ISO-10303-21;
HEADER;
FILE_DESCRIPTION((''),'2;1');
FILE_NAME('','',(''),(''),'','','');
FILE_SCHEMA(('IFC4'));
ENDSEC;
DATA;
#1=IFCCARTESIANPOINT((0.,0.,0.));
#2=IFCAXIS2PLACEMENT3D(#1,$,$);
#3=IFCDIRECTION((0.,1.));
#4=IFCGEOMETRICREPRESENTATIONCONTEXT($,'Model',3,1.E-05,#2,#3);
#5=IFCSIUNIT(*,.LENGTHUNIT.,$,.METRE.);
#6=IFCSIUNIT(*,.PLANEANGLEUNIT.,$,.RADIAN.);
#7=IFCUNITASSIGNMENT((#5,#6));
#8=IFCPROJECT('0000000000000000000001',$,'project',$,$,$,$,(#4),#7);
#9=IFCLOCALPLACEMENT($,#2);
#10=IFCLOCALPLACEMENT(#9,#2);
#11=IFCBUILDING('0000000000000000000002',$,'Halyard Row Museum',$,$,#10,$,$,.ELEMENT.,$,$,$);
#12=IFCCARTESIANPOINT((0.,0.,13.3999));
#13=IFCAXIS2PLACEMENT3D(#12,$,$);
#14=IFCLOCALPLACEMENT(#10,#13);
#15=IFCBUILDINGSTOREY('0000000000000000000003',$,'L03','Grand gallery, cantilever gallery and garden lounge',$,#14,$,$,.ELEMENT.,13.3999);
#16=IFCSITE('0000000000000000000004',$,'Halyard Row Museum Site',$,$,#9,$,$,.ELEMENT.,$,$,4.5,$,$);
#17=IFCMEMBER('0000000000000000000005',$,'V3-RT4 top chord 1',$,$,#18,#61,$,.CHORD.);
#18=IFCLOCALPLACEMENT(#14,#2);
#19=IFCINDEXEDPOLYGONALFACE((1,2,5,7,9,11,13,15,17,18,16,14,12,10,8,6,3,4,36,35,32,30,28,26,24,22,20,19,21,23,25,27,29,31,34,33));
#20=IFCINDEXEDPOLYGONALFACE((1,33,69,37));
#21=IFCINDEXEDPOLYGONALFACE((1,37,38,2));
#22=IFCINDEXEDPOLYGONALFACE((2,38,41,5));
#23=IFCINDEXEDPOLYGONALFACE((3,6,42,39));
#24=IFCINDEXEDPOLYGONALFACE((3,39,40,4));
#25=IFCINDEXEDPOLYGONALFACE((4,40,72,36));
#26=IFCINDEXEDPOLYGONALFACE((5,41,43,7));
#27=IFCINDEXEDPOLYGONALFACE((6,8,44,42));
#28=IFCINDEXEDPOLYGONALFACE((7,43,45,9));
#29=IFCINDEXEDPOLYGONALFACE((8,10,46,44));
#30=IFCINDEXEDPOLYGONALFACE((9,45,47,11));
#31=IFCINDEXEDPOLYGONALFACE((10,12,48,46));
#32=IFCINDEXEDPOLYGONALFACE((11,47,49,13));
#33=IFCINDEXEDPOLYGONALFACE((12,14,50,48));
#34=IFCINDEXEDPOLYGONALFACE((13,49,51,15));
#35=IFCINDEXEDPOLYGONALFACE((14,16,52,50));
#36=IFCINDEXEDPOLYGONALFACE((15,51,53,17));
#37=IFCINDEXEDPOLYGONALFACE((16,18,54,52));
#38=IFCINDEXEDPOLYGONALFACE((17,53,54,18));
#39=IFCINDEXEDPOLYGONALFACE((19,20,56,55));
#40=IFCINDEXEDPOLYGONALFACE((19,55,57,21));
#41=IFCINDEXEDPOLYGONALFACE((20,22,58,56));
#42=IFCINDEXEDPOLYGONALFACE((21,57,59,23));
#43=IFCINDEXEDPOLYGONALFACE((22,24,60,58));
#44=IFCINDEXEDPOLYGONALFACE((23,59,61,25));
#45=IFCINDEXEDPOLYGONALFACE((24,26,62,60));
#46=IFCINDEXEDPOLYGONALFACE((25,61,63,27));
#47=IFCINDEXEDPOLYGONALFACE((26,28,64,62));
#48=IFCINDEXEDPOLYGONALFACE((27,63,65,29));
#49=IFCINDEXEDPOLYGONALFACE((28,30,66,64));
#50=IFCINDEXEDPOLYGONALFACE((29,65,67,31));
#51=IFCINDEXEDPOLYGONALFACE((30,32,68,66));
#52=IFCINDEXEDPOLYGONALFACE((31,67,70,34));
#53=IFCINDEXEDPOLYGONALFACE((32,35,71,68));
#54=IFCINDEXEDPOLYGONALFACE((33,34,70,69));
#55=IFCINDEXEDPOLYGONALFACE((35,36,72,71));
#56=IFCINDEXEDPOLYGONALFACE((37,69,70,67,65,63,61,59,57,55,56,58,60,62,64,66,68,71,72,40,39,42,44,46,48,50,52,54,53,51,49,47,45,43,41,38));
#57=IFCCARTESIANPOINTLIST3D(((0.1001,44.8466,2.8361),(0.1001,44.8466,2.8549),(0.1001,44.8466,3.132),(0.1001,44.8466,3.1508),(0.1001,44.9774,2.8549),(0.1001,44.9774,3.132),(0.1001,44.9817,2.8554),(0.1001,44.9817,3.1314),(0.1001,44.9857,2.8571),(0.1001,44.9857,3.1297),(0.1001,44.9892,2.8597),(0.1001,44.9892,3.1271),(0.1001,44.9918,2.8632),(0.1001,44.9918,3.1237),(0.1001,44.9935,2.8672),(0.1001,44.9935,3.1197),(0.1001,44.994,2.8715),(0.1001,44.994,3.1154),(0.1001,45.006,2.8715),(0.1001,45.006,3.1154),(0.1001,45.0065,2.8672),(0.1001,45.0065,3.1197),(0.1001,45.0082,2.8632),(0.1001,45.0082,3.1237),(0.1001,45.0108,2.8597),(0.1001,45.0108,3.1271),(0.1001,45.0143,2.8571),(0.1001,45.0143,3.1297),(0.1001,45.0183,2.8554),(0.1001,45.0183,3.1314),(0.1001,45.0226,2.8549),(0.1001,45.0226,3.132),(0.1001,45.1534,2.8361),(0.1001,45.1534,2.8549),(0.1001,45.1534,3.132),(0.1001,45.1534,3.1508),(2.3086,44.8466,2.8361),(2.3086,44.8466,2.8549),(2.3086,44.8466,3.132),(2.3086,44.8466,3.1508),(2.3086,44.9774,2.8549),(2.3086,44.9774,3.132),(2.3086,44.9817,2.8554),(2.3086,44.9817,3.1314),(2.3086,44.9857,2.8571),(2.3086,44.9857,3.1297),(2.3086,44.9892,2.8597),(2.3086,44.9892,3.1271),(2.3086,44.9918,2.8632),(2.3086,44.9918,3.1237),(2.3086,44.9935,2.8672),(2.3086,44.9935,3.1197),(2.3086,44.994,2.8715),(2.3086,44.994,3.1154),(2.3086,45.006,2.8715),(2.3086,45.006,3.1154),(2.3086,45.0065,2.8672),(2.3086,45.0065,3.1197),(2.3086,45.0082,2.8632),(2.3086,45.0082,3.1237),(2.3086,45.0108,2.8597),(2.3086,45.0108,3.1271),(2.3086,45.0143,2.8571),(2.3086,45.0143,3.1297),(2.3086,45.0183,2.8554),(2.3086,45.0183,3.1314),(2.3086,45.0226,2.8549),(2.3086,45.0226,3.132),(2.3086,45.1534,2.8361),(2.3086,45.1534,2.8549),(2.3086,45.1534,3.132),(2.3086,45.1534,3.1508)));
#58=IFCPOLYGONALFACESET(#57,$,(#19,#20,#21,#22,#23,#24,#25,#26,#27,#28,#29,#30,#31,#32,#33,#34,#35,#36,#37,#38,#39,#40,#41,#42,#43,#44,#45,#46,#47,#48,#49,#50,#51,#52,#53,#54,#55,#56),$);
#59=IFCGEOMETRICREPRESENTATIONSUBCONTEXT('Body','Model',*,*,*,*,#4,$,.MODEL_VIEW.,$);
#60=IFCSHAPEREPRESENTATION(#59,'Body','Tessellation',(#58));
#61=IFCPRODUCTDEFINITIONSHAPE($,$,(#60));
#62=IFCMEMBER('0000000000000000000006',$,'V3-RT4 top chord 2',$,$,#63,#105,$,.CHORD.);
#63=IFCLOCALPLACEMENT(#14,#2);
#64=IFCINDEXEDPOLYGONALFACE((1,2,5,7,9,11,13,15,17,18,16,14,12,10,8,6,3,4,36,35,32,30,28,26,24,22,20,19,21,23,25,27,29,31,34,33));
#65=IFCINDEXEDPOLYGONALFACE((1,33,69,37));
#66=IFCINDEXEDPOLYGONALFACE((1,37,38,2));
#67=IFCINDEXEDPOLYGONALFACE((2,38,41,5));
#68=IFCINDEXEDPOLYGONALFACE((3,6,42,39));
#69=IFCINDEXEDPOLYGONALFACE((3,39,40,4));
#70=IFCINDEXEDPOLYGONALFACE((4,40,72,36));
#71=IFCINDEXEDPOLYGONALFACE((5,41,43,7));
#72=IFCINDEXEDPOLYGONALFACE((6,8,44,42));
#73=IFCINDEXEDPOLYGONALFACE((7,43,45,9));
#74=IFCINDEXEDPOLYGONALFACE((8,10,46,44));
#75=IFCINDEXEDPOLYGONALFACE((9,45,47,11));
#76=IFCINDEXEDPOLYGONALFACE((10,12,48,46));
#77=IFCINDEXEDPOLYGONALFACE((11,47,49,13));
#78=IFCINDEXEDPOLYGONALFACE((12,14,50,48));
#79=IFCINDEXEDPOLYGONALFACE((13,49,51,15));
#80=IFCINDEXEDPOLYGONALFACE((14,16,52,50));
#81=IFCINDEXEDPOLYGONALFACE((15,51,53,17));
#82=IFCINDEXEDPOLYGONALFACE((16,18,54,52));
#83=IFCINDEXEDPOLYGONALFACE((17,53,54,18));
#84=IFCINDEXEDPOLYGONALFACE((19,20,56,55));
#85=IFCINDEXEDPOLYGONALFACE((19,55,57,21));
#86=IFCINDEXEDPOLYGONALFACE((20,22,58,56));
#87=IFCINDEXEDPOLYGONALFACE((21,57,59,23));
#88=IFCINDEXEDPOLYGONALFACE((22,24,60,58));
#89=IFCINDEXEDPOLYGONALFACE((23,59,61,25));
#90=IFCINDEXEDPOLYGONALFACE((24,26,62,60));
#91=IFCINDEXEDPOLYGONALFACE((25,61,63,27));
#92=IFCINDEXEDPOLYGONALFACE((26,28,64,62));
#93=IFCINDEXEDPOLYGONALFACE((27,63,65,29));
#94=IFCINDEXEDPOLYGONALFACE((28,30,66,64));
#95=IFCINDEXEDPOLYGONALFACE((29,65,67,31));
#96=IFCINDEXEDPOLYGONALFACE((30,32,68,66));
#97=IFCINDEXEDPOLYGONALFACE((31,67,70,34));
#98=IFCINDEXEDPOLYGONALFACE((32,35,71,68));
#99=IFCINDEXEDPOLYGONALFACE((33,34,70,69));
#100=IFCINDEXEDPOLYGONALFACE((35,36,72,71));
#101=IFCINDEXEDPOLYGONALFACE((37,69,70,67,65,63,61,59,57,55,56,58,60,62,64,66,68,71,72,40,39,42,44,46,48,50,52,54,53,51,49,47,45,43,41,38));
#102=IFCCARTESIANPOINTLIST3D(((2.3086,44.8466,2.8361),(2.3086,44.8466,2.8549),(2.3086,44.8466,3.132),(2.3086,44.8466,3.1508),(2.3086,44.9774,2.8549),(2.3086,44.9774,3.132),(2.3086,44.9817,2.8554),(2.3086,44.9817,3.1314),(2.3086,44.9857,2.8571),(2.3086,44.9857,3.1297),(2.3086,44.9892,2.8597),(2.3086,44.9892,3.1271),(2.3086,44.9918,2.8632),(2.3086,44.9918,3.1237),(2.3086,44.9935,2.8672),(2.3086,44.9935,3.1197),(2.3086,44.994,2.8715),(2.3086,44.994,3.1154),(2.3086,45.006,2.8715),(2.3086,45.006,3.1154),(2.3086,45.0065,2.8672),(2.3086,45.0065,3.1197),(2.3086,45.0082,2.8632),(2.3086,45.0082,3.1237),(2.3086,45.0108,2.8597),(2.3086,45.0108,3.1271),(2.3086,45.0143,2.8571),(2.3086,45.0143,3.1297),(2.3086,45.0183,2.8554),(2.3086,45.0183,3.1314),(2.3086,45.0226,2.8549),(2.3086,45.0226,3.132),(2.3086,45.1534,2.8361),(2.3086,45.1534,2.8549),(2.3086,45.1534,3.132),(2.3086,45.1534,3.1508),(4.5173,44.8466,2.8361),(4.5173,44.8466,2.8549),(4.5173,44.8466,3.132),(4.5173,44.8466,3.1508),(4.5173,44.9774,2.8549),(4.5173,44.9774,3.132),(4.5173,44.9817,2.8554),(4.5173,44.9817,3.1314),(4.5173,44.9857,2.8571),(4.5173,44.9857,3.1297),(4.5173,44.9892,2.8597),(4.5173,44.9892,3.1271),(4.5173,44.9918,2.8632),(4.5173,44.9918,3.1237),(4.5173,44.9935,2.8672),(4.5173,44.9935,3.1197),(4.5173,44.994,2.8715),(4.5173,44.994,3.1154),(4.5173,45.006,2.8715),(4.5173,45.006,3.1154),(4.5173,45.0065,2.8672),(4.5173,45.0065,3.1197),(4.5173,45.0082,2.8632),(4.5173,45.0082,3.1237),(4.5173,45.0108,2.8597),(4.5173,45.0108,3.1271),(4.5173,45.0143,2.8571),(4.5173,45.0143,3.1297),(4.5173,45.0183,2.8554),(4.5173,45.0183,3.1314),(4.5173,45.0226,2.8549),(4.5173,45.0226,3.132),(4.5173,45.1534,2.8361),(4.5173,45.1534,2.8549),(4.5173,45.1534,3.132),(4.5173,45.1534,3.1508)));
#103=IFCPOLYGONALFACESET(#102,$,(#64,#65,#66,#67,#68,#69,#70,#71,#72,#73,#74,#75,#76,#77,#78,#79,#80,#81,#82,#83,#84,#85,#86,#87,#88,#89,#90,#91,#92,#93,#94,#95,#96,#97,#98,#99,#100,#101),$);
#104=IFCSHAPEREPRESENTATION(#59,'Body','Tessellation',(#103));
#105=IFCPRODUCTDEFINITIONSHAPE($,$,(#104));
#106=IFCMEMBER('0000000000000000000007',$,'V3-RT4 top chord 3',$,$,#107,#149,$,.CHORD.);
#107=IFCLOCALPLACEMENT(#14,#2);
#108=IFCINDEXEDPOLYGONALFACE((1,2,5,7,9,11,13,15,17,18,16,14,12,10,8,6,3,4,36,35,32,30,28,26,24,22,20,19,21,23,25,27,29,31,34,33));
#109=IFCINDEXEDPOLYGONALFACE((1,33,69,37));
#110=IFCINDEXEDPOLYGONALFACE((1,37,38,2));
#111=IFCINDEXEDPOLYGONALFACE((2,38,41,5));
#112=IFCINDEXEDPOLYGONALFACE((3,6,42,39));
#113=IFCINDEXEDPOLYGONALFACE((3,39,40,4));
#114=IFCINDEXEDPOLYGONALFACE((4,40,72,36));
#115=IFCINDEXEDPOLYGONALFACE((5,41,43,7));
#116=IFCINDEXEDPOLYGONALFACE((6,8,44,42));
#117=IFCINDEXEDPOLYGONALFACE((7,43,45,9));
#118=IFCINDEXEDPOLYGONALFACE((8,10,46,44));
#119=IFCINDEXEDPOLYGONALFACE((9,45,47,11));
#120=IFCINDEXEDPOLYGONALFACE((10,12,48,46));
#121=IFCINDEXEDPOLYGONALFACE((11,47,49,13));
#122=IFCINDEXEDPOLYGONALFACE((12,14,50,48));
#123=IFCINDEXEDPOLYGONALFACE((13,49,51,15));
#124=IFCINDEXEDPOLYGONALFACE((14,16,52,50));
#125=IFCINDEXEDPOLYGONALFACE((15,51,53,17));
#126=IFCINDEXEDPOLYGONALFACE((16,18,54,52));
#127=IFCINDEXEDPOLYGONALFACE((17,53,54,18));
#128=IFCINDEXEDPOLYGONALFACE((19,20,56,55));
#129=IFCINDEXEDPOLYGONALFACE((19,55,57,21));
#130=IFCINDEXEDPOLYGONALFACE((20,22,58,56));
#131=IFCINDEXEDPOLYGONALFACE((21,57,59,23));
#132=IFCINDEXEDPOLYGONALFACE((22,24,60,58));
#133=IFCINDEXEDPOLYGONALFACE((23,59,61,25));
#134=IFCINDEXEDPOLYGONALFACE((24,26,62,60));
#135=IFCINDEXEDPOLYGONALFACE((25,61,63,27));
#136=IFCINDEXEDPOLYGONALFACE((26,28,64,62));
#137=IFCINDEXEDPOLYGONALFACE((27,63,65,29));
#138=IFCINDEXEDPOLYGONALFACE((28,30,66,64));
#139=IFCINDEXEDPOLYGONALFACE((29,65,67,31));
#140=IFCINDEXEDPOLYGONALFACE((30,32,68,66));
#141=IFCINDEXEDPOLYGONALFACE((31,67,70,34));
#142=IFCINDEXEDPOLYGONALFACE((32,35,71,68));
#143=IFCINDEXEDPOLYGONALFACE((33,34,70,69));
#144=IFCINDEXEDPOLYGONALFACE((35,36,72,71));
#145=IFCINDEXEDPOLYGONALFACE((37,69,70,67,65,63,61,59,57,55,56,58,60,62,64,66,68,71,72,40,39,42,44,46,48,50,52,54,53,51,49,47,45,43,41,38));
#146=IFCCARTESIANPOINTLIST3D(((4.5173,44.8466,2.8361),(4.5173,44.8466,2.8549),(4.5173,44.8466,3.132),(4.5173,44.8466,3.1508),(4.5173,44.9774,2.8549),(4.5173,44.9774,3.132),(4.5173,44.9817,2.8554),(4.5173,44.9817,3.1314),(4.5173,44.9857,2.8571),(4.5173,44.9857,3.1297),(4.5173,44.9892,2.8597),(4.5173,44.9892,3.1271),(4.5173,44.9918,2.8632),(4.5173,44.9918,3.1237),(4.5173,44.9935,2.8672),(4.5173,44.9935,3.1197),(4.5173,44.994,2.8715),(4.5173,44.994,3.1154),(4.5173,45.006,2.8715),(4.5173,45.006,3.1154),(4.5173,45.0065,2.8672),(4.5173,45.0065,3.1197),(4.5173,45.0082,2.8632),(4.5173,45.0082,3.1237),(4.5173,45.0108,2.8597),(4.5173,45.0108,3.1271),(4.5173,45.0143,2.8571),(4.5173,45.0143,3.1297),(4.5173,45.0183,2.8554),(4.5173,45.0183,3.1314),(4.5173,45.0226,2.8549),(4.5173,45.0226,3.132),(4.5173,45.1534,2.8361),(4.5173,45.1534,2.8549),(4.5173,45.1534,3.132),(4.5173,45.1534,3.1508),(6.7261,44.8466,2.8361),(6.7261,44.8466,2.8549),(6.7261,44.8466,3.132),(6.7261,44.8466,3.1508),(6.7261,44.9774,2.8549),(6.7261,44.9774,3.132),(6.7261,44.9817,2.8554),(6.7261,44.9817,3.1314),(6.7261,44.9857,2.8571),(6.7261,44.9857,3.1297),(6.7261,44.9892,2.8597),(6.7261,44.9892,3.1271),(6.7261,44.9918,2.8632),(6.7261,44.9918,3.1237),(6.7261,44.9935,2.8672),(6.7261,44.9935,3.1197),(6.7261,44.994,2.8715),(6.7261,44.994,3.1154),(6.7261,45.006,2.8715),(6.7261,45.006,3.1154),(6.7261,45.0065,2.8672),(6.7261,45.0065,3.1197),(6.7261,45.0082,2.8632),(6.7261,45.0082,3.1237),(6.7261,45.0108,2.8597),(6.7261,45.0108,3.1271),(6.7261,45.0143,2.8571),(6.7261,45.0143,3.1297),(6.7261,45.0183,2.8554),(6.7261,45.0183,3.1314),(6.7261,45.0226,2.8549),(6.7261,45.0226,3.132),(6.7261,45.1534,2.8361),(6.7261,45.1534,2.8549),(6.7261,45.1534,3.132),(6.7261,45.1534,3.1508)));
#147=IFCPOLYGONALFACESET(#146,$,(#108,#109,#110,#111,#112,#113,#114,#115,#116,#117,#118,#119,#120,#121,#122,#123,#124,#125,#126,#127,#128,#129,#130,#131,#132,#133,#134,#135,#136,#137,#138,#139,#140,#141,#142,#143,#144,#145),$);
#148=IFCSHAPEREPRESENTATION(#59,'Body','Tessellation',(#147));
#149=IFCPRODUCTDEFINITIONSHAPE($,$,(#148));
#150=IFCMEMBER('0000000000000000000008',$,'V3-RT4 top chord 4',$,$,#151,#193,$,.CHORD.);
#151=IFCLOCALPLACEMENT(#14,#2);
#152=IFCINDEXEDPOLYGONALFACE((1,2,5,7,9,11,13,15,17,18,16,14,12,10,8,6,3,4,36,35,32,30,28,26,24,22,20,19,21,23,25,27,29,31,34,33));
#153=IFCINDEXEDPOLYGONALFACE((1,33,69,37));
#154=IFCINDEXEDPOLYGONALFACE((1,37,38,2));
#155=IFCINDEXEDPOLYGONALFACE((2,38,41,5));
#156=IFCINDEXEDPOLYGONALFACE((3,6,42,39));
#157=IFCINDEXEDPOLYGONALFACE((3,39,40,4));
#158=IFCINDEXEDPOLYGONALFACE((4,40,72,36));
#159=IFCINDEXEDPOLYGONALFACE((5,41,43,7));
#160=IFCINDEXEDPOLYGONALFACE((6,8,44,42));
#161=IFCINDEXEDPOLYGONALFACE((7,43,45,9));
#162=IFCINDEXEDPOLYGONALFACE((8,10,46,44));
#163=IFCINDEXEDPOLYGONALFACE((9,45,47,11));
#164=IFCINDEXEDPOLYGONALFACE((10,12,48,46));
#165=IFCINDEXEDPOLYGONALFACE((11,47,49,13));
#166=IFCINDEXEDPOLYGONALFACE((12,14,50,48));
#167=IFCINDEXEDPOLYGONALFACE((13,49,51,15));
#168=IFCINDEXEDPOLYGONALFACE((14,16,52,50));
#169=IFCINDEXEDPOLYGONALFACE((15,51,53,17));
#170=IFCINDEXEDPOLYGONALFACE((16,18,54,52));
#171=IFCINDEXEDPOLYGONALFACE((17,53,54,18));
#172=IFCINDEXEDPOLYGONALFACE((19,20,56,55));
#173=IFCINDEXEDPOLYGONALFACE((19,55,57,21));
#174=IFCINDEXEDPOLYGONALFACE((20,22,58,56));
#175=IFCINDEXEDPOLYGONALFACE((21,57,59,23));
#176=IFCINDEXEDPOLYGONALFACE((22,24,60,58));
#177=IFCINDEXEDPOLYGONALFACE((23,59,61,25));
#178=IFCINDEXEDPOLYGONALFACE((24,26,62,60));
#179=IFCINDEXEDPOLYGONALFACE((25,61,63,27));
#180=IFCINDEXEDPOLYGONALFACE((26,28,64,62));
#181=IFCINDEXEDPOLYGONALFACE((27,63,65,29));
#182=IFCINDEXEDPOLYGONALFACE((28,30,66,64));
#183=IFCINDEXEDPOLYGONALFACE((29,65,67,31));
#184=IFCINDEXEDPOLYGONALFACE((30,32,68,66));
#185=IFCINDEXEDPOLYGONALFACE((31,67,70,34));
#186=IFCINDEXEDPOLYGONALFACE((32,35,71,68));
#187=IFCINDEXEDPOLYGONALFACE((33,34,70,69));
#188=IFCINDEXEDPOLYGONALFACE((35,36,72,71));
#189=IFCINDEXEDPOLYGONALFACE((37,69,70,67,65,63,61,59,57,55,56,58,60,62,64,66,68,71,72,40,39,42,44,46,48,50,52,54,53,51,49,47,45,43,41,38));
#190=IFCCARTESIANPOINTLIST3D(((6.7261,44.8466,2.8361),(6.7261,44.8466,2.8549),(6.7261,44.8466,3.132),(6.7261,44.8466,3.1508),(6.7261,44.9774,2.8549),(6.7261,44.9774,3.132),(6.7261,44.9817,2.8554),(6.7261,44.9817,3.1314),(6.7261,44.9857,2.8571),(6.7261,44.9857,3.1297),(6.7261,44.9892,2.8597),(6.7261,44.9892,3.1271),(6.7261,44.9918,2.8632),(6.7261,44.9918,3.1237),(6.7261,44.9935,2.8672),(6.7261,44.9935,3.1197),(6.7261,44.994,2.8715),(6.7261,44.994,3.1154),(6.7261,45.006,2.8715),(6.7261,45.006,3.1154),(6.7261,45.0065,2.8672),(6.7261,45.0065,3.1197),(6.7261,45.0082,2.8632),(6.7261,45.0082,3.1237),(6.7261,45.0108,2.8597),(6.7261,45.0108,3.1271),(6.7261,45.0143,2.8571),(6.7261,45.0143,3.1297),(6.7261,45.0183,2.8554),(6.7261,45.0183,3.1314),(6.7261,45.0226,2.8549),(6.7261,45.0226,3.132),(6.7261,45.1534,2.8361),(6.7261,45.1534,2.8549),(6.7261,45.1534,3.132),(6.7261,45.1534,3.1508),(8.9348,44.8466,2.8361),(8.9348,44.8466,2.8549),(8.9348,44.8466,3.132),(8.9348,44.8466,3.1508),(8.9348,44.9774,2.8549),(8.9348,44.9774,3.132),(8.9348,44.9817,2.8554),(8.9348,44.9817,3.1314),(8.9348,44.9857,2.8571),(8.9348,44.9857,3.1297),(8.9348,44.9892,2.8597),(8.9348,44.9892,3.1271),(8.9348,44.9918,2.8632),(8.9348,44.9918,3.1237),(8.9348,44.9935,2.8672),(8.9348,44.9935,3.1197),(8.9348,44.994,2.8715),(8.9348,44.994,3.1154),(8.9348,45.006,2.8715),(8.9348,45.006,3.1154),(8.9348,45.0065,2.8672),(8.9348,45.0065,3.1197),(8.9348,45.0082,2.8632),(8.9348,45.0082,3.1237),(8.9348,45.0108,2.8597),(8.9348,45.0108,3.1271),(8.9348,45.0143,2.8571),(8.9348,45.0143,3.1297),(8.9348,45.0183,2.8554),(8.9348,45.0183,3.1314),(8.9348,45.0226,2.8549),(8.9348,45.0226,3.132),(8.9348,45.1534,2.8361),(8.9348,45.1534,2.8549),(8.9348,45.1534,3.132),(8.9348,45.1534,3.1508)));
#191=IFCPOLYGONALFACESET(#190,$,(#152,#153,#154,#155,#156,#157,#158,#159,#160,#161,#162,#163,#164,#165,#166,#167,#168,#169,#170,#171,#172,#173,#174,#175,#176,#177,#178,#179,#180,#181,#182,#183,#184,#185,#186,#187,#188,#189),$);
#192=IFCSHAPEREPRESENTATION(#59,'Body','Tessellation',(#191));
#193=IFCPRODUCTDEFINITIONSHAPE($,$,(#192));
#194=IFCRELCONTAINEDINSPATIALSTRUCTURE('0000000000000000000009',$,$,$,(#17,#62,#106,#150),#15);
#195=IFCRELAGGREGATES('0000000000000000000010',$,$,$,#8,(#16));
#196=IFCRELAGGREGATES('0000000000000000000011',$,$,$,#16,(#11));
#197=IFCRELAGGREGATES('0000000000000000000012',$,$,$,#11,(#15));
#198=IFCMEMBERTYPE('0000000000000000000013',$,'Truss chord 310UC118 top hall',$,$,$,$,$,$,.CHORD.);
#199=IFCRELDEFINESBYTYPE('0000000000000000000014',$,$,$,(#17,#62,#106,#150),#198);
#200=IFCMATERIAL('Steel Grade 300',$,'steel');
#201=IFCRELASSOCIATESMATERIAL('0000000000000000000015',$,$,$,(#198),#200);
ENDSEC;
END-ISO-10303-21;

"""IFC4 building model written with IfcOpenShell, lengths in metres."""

from ifc_helpers import new_model, si_unit, direction, frame, origin, origin_2d, place, context, subcontext, project, spatial, i_section, extrude, material, material_profile, profile_set, type_object, element, save


model = new_model("IFC4")

# Units and contexts
model_context = context("Model", 3, precision=1e-05, world=origin(), true_north=direction((0.0, 1.0)))
body_context = subcontext(model_context, "Body", "Model", "MODEL_VIEW")
ifc_project = project(units=[si_unit("LENGTHUNIT", "METRE"), si_unit("PLANEANGLEUNIT", "RADIAN")], contexts=[model_context])

# Site, building, storey
site_placement = place(None, origin())
site = spatial("IfcSite", under=ifc_project, at=site_placement, Name="Halyard Row Museum Site", CompositionType="ELEMENT", RefElevation=4.5)
building_placement = place(site_placement, origin())
building = spatial("IfcBuilding", under=site, at=building_placement, Name="Halyard Row Museum", CompositionType="ELEMENT")
storey_placement = place(building_placement, frame((0.0, 0.0, 13.3999)))
storey = spatial("IfcBuildingStorey", under=building, at=storey_placement, Name="L03", Description="Grand gallery, cantilever gallery and garden lounge", CompositionType="ELEMENT", Elevation=13.3999)

# Members
ifc_material_1 = material(Name="Steel Grade 300", Category="steel")
ifc_material_profile_1 = material_profile(ifc_material_1, i_section(OverallWidth=0.3069, OverallDepth=0.3147, WebThickness=0.012, FlangeThickness=0.0188, FilletRadius=0.0166, at=origin_2d()), Name="310UC118")
ifc_profile_set_1 = profile_set([ifc_material_profile_1], Name="Steel Grade 300")
member_type_1 = type_object("IfcMemberType", Name="Truss chord 310UC118 top hall", PredefinedType="CHORD", material=ifc_profile_set_1)
member_1_placement = place(storey_placement, frame((0.1001, 45.0, 2.9934), z_axis=(1.0, 0.0, 0.0), x_axis=(0.0, 1.0, 0.0)))
element("IfcMember", 1, at=member_1_placement, inside=storey, type_object=member_type_1, Name="V3-RT4 top chord 1", PredefinedType="CHORD", context=body_context, shape_type="SweptSolid", body=[
    extrude(i_section(OverallWidth=0.3069, OverallDepth=0.3147, WebThickness=0.012, FlangeThickness=0.0188, FilletRadius=0.0166, at=origin_2d()), origin(), (0.0, 0.0, 1.0), 2.2085),
])
for number, where, z_axis, x_axis, name in (
    (2, (2.3086, 45.0, 2.9934), (1.0, 0.0, 0.0), (0.0, 1.0, 0.0), "V3-RT4 top chord 2"),
    (3, (4.5173, 45.0, 2.9934), (1.0, 0.0, 0.0), (0.0, 1.0, 0.0), "V3-RT4 top chord 3"),
    (4, (6.7261, 45.0, 2.9934), (1.0, 0.0, 0.0), (0.0, 1.0, 0.0), "V3-RT4 top chord 4"),
):
    element("IfcMember", number, at=place(storey_placement, frame(where, z_axis=z_axis, x_axis=x_axis)), inside=storey, type_object=member_type_1, Name=name, PredefinedType="CHORD", context=body_context, shape_type="SweptSolid", body=[
        extrude(i_section(OverallWidth=0.3069, OverallDepth=0.3147, WebThickness=0.012, FlangeThickness=0.0188, FilletRadius=0.0166, at=origin_2d()), origin(), (0.0, 0.0, 1.0), 2.2087),
    ])

save(model, "model.ifc")
